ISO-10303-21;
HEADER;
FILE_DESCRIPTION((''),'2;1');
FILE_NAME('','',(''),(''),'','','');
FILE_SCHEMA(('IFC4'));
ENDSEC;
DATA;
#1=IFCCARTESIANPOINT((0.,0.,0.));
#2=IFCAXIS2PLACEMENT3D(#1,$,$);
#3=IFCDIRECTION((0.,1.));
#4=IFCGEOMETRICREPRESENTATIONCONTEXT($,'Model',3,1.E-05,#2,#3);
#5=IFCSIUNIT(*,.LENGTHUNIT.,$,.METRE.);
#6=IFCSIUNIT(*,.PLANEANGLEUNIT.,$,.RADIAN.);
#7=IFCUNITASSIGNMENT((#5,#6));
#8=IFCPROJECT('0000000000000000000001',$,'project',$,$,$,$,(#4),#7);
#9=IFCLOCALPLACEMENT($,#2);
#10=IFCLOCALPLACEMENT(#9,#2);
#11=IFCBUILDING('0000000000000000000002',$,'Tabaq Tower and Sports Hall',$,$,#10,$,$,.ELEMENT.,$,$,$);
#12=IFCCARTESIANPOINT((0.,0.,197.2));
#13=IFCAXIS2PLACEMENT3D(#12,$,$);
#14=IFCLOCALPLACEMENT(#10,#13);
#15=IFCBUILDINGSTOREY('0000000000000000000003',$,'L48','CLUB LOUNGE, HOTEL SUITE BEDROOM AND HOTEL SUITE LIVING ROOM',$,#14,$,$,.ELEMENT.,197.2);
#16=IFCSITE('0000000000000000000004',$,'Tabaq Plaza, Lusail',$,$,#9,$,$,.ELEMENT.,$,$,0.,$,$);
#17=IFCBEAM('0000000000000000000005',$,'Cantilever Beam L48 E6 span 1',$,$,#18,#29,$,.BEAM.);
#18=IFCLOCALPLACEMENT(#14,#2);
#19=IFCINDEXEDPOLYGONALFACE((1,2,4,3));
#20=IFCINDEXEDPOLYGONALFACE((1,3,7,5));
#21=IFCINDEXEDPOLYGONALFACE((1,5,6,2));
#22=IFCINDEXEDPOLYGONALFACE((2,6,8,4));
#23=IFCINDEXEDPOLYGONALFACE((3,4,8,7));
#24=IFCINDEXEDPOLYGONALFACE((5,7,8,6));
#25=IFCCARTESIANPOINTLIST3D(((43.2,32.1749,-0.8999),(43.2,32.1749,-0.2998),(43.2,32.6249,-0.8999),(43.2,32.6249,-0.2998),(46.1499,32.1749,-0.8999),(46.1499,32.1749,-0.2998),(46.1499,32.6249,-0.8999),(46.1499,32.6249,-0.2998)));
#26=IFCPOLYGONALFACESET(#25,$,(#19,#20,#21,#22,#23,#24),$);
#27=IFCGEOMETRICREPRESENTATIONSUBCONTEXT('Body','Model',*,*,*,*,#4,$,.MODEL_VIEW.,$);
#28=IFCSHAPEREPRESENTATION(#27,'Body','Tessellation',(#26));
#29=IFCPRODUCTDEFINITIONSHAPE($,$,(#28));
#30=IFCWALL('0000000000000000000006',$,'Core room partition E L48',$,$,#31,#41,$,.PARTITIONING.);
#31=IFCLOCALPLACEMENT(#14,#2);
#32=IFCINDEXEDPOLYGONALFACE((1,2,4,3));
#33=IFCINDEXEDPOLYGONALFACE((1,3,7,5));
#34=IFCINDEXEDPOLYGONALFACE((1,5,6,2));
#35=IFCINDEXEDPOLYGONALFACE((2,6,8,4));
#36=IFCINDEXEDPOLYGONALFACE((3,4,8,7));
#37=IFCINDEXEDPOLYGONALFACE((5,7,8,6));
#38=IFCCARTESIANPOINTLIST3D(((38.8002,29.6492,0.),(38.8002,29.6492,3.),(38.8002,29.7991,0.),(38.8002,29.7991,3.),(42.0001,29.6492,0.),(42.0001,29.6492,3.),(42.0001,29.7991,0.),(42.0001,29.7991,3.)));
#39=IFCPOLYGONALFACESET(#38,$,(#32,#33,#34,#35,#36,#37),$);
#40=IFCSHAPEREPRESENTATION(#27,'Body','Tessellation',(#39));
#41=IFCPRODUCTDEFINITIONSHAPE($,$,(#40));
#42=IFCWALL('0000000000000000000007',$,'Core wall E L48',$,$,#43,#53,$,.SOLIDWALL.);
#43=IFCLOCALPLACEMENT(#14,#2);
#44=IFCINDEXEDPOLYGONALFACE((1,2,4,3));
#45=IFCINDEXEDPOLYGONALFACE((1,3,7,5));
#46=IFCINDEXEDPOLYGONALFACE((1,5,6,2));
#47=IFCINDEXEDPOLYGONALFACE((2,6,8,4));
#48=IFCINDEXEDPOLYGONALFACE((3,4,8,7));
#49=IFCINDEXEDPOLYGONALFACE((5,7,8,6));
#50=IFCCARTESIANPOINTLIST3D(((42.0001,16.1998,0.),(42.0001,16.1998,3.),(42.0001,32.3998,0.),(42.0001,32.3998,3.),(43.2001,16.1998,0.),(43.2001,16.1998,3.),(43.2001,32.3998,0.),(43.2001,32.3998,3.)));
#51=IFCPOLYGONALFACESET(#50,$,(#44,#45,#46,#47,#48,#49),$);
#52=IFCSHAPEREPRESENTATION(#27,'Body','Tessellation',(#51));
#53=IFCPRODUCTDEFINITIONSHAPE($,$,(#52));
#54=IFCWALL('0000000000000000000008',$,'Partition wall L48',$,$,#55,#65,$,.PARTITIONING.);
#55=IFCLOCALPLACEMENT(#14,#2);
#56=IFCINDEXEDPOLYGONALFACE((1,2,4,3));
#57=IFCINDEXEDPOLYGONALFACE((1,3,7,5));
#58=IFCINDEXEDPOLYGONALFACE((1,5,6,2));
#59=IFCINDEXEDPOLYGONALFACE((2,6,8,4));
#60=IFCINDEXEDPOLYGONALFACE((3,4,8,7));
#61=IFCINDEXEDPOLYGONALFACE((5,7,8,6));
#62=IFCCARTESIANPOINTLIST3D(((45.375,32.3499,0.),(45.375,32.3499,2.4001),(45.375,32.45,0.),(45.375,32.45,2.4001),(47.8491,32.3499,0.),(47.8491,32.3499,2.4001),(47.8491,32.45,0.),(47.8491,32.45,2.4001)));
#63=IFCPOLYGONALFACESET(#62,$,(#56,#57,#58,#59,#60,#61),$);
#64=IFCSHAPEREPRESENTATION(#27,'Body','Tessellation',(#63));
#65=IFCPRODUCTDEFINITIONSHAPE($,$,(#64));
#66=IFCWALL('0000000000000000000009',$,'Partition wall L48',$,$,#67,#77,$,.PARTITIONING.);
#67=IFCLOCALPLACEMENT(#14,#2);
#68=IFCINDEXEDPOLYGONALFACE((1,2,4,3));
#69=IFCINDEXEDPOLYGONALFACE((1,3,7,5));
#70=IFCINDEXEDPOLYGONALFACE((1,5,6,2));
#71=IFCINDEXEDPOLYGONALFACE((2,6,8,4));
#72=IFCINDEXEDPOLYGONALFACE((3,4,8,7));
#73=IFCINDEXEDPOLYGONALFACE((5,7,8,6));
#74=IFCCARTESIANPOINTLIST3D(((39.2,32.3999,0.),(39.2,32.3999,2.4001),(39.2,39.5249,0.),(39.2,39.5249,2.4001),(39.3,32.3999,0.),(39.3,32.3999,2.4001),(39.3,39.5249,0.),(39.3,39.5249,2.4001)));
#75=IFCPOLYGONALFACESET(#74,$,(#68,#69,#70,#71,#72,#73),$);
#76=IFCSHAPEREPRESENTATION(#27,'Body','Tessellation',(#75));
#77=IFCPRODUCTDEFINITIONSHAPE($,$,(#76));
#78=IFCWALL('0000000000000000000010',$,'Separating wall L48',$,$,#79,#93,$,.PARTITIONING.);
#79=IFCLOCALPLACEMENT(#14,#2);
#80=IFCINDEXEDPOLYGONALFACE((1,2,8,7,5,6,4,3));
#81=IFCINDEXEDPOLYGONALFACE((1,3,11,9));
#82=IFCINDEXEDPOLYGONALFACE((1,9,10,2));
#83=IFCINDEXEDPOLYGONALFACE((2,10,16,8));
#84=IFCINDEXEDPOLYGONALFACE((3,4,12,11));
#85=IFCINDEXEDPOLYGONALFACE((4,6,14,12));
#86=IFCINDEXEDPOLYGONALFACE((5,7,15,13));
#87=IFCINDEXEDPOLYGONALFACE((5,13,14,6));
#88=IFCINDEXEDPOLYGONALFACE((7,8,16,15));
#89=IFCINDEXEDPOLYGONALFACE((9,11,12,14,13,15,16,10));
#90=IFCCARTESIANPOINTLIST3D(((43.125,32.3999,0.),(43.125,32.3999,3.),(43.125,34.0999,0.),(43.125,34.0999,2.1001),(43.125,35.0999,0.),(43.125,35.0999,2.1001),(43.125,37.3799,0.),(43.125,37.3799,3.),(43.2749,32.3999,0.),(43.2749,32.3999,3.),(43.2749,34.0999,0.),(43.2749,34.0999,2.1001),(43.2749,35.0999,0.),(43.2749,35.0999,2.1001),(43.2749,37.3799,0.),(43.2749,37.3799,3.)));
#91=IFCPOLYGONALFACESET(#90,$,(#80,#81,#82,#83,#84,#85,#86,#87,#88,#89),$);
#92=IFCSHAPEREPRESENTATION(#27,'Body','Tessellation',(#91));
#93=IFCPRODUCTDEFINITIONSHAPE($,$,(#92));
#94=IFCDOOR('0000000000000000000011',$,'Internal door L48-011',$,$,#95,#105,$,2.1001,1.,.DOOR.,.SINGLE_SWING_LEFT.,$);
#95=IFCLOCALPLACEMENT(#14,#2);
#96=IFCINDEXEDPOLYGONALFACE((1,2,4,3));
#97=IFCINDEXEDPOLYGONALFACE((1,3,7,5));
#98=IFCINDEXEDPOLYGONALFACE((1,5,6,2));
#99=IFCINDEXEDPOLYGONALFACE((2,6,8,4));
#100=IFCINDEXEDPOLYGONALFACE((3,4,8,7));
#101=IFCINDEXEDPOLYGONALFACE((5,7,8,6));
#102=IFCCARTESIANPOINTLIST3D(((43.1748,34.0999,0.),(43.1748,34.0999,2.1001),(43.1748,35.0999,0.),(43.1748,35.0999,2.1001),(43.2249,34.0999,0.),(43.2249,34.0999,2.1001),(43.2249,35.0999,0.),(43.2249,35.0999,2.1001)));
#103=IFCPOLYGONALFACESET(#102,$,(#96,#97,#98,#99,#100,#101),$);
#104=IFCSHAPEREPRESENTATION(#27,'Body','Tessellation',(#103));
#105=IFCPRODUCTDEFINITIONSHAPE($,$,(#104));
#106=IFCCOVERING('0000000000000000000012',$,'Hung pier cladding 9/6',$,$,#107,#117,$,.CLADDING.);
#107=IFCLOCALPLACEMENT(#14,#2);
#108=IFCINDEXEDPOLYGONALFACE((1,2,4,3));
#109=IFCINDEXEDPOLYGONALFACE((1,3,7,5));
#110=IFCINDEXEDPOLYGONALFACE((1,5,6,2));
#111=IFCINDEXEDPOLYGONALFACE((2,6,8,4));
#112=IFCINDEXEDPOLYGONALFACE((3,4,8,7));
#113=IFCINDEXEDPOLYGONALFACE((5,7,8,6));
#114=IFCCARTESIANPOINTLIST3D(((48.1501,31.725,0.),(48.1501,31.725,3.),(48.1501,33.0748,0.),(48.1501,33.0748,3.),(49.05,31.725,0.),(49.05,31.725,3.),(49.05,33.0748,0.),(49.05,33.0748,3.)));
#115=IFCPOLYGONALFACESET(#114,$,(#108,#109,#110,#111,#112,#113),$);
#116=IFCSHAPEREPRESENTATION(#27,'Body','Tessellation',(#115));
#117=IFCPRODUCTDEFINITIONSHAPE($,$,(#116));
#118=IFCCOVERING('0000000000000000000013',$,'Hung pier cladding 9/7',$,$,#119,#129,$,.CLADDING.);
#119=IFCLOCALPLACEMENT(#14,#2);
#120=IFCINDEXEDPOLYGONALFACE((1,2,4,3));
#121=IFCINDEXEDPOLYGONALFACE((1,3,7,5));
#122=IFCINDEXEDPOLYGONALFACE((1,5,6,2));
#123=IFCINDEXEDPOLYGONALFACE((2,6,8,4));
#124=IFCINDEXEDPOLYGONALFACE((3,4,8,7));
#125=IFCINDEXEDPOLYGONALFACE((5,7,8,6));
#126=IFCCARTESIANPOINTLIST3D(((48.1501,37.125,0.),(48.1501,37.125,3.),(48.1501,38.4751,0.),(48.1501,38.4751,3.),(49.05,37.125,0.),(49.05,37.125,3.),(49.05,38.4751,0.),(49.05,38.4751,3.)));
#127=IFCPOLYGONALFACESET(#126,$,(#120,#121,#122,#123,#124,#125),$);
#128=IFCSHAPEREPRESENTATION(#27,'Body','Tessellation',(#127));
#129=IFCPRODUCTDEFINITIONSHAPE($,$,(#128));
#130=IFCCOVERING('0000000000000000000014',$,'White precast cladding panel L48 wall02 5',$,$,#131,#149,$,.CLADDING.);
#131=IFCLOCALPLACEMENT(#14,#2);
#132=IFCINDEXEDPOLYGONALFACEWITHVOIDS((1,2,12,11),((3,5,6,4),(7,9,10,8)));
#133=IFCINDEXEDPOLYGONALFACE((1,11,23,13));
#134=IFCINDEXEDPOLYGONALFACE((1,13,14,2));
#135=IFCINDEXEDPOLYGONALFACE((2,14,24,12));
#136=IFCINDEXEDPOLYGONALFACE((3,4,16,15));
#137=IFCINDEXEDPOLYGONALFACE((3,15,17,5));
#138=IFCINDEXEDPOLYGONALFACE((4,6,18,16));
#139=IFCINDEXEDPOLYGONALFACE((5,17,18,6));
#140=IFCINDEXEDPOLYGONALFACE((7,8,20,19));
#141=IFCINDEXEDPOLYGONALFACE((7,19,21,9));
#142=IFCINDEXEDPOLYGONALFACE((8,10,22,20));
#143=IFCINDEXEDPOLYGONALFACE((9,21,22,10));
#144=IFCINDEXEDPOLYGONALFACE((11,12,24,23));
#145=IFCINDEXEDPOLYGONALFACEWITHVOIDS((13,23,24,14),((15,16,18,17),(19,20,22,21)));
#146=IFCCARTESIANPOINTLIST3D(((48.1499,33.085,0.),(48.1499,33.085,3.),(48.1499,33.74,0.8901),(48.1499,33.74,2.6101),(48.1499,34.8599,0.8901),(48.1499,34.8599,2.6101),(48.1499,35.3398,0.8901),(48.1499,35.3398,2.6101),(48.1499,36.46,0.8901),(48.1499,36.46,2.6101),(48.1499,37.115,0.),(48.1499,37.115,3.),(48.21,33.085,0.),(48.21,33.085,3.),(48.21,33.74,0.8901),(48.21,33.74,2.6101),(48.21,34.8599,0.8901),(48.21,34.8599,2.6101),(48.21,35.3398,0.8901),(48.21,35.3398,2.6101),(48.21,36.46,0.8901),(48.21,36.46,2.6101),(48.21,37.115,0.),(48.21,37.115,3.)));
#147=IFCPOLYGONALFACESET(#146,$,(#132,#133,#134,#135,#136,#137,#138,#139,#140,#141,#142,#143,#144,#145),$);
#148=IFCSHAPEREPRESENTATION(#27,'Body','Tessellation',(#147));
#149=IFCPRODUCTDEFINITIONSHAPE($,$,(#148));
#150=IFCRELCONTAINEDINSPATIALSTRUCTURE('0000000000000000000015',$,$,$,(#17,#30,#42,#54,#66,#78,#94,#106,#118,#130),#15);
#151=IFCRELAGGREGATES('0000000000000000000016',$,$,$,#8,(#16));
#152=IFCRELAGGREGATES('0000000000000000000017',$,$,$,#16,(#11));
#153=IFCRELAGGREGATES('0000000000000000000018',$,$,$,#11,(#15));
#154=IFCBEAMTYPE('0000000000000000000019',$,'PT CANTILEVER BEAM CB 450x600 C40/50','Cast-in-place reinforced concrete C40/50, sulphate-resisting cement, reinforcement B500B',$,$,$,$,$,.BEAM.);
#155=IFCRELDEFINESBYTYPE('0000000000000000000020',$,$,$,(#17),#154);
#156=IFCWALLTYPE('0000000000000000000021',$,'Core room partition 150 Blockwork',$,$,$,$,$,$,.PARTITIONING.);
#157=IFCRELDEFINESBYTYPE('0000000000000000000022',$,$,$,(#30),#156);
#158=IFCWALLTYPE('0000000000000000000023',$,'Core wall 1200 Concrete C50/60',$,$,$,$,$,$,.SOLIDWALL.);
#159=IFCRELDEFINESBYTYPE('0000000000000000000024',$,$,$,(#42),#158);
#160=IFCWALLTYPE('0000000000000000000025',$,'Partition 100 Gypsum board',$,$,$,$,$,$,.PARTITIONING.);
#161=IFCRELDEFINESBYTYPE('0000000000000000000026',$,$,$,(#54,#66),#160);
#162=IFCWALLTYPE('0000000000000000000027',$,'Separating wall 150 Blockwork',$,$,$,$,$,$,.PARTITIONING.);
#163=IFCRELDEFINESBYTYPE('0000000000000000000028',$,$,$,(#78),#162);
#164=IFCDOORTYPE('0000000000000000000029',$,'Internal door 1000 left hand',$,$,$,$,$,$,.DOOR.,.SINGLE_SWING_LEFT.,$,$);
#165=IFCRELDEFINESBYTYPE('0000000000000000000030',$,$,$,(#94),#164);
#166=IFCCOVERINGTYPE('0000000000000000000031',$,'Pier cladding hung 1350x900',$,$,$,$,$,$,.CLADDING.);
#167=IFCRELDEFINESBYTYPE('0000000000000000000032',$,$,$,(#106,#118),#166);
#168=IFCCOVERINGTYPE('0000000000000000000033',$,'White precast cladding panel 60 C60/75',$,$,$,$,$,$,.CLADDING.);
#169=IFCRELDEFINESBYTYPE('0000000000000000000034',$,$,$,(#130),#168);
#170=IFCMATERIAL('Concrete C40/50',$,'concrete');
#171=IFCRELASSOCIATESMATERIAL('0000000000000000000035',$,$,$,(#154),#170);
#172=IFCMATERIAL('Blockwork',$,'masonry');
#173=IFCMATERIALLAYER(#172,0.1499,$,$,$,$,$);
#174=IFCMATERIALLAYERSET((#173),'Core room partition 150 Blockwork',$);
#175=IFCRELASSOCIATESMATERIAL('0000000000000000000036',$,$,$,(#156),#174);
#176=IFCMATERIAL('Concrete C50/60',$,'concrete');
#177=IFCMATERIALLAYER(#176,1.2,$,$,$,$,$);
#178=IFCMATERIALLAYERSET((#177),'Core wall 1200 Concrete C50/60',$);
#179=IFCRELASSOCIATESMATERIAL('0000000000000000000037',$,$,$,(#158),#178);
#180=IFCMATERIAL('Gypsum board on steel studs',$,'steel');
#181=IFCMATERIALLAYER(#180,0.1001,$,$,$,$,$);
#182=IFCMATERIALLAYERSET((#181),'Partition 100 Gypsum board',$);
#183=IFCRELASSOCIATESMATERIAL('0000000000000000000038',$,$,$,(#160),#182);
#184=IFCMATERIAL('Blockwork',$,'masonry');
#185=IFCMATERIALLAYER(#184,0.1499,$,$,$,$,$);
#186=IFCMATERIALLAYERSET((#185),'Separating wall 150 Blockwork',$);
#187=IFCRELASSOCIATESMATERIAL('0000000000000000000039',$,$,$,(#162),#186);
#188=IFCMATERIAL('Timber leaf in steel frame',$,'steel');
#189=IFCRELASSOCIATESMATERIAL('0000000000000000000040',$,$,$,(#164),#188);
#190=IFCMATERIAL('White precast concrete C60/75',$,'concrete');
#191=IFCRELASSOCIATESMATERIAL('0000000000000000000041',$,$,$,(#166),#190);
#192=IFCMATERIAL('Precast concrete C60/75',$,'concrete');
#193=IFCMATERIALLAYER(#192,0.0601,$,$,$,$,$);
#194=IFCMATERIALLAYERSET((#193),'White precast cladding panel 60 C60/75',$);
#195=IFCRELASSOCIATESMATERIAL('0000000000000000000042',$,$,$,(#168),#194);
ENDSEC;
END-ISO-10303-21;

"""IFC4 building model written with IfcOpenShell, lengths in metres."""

from ifc_helpers import new_model, si_unit, direction, frame, frame_2d, origin, origin_2d, place, context, subcontext, project, spatial, polyline, rectangle, outline, extrude, material, layer, layer_set, material_profile, profile_set, type_object, element, fill, save


model = new_model("IFC4")

# Units and contexts
model_context = context("Model", 3, precision=1e-05, world=origin(), true_north=direction((0.0, 1.0)))
body_context = subcontext(model_context, "Body", "Model", "MODEL_VIEW")
ifc_project = project(units=[si_unit("LENGTHUNIT", "METRE"), si_unit("PLANEANGLEUNIT", "RADIAN")], contexts=[model_context])

# Site, building, storey
site_placement = place(None, origin())
site = spatial("IfcSite", under=ifc_project, at=site_placement, Name="Tabaq Plaza, Lusail", CompositionType="ELEMENT", RefElevation=0.0)
building_placement = place(site_placement, origin())
building = spatial("IfcBuilding", under=site, at=building_placement, Name="Tabaq Tower and Sports Hall", CompositionType="ELEMENT")
storey_placement = place(building_placement, frame((0.0, 0.0, 197.2)))
storey = spatial("IfcBuildingStorey", under=building, at=storey_placement, Name="L48", Description="CLUB LOUNGE, HOTEL SUITE BEDROOM AND HOTEL SUITE LIVING ROOM", CompositionType="ELEMENT", Elevation=197.2)

# Beam
ifc_material_1 = material(Name="Concrete C40/50", Category="concrete")
ifc_material_profile = material_profile(ifc_material_1, rectangle(XDim=0.45, YDim=0.6001, at=origin_2d()), Name="CB 450x600")
ifc_profile_set = profile_set([ifc_material_profile], Name="Concrete C40/50")
beam_type = type_object("IfcBeamType", Name="PT CANTILEVER BEAM CB 450x600 C40/50", Description="Cast-in-place reinforced concrete C40/50, sulphate-resisting cement, reinforcement B500B", PredefinedType="BEAM", material=ifc_profile_set)
beam_placement = place(storey_placement, frame((46.1499, 32.3999, -0.5999), z_axis=(-1.0, 0.0, 0.0), x_axis=(0.0, -1.0, 0.0)))
element("IfcBeam", 1, at=beam_placement, inside=storey, type_object=beam_type, Name="Cantilever Beam L48 E6 span 1", PredefinedType="BEAM", context=body_context, shape_type="SweptSolid", body=[
    extrude(rectangle(XDim=0.45, YDim=0.6001, at=origin_2d()), origin(), (0.0, 0.0, 1.0), 2.95),
])

# Walls
ifc_material_2 = material(Name="Blockwork", Category="masonry")
ifc_layer_1 = layer(ifc_material_2, 0.1499)
ifc_layer_set_1 = layer_set([ifc_layer_1], Name="Core room partition 150 Blockwork")
wall_type_1 = type_object("IfcWallType", Name="Core room partition 150 Blockwork", PredefinedType="PARTITIONING", material=ifc_layer_set_1)
wall_1_placement = place(storey_placement, frame((38.8, 29.7241, 0.0), z_axis=(0.0, 0.0, 1.0), x_axis=(1.0, 0.0, 0.0)))
element("IfcWall", 2, at=wall_1_placement, inside=storey, type_object=wall_type_1, Name="Core room partition E L48", PredefinedType="PARTITIONING", context=body_context, shape_type="SweptSolid", body=[
    extrude(rectangle(XDim=3.2, YDim=0.1499, at=frame_2d((1.6001, 0.0))), origin(), (0.0, 0.0, 1.0), 3.0),
])
ifc_material_3 = material(Name="Concrete C50/60", Category="concrete")
ifc_layer_2 = layer(ifc_material_3, 1.2)
ifc_layer_set_2 = layer_set([ifc_layer_2], Name="Core wall 1200 Concrete C50/60")
wall_type_2 = type_object("IfcWallType", Name="Core wall 1200 Concrete C50/60", PredefinedType="SOLIDWALL", material=ifc_layer_set_2)
wall_2_placement = place(storey_placement, frame((42.6001, 32.3999, 0.0), z_axis=(0.0, 0.0, 1.0), x_axis=(0.0, -1.0, 0.0)))
element("IfcWall", 3, at=wall_2_placement, inside=storey, type_object=wall_type_2, Name="Core wall E L48", PredefinedType="SOLIDWALL", context=body_context, shape_type="SweptSolid", body=[
    extrude(rectangle(XDim=16.2, YDim=1.2, at=frame_2d((8.1001, 0.0))), origin(), (0.0, 0.0, 1.0), 3.0),
])
ifc_material_4 = material(Name="Gypsum board on steel studs", Category="steel")
ifc_layer_3 = layer(ifc_material_4, 0.1001)
ifc_layer_set_3 = layer_set([ifc_layer_3], Name="Partition 100 Gypsum board")
wall_type_3 = type_object("IfcWallType", Name="Partition 100 Gypsum board", PredefinedType="PARTITIONING", material=ifc_layer_set_3)
wall_3_placement = place(storey_placement, frame((45.375, 32.3999, 0.0), z_axis=(0.0, 0.0, 1.0), x_axis=(1.0, 0.0, 0.0)))
element("IfcWall", 4, at=wall_3_placement, inside=storey, type_object=wall_type_3, Name="Partition wall L48", PredefinedType="PARTITIONING", context=body_context, shape_type="SweptSolid", body=[
    extrude(rectangle(XDim=2.4741, YDim=0.1001, at=frame_2d((1.2371, 0.0))), origin(), (0.0, 0.0, 1.0), 2.4001),
])
wall_4_placement = place(storey_placement, frame((39.25, 32.3999, 0.0), z_axis=(0.0, 0.0, 1.0), x_axis=(0.0, 1.0, 0.0)))
element("IfcWall", 5, at=wall_4_placement, inside=storey, type_object=wall_type_3, Name="Partition wall L48", PredefinedType="PARTITIONING", context=body_context, shape_type="SweptSolid", body=[
    extrude(rectangle(XDim=7.125, YDim=0.1001, at=frame_2d((3.5625, 0.0))), origin(), (0.0, 0.0, 1.0), 2.4001),
])

# Wall, opening, door
ifc_material_5 = material(Name="Blockwork", Category="masonry")
ifc_layer_4 = layer(ifc_material_5, 0.1499)
ifc_layer_set_4 = layer_set([ifc_layer_4], Name="Separating wall 150 Blockwork")
wall_type_4 = type_object("IfcWallType", Name="Separating wall 150 Blockwork", PredefinedType="PARTITIONING", material=ifc_layer_set_4)
wall_5_placement = place(storey_placement, frame((43.2, 37.3799, 0.0), z_axis=(0.0, 0.0, 1.0), x_axis=(0.0, -1.0, 0.0)))
wall_5 = element("IfcWall", 6, at=wall_5_placement, inside=storey, type_object=wall_type_4, Name="Separating wall L48", PredefinedType="PARTITIONING", context=body_context, shape_type="SweptSolid", body=[
    extrude(rectangle(XDim=4.98, YDim=0.1499, at=frame_2d((2.49, 0.0))), origin(), (0.0, 0.0, 1.0), 3.0),
])
opening_placement = place(wall_5_placement, frame((2.28, 0.0, 0.0)))
opening = element("IfcOpeningElement", 7, at=opening_placement, cuts=wall_5, PredefinedType="OPENING", context=body_context, shape_type="SweptSolid", body=[
    extrude(rectangle(XDim=1.0, YDim=2.1001, at=frame_2d((0.5, 1.05))), frame((0.0, 0.075, 0.0), z_axis=(0.0, -1.0, 0.0), x_axis=(1.0, 0.0, 0.0)), (0.0, 0.0, 1.0), 0.1499),
])
ifc_material_6 = material(Name="Timber leaf in steel frame", Category="steel")
door_type = type_object("IfcDoorType", Name="Internal door 1000 left hand", OperationType="SINGLE_SWING_LEFT", PredefinedType="DOOR", material=ifc_material_6)
door_placement = place(opening_placement, origin())
door = element("IfcDoor", 8, at=door_placement, inside=storey, type_object=door_type, Name="Internal door L48-011", OperationType="SINGLE_SWING_LEFT", OverallHeight=2.1001, OverallWidth=1.0, PredefinedType="DOOR", context=body_context, shape_type="SweptSolid", body=[
    extrude(rectangle(XDim=1.0, YDim=2.1001, at=frame_2d((0.5, 1.05))), frame((0.0, 0.0249, 0.0), z_axis=(0.0, -1.0, 0.0), x_axis=(1.0, 0.0, 0.0)), (0.0, 0.0, 1.0), 0.05),
])
fill(opening, door)

# Coverings
ifc_material_7 = material(Name="White precast concrete C60/75", Category="concrete")
covering_type_1 = type_object("IfcCoveringType", Name="Pier cladding hung 1350x900", PredefinedType="CLADDING", material=ifc_material_7)
covering_1_placement = place(storey_placement, frame((48.6001, 31.7251, 0.0), z_axis=(0.0, 0.0, 1.0), x_axis=(0.0, 1.0, 0.0)))
element("IfcCovering", 9, at=covering_1_placement, inside=storey, type_object=covering_type_1, Name="Hung pier cladding 9/6", PredefinedType="CLADDING", context=body_context, shape_type="SweptSolid", body=[
    extrude(rectangle(XDim=1.3499, YDim=0.8999, at=frame_2d((0.6748, 0.0))), origin(), (0.0, 0.0, 1.0), 3.0),
])
covering_2_placement = place(storey_placement, frame((48.6001, 37.125, 0.0), z_axis=(0.0, 0.0, 1.0), x_axis=(0.0, 1.0, 0.0)))
element("IfcCovering", 10, at=covering_2_placement, inside=storey, type_object=covering_type_1, Name="Hung pier cladding 9/7", PredefinedType="CLADDING", context=body_context, shape_type="SweptSolid", body=[
    extrude(rectangle(XDim=1.3501, YDim=0.8999, at=frame_2d((0.675, 0.0))), origin(), (0.0, 0.0, 1.0), 3.0),
])
ifc_material_8 = material(Name="Precast concrete C60/75", Category="concrete")
ifc_layer_5 = layer(ifc_material_8, 0.0601)
ifc_layer_set_5 = layer_set([ifc_layer_5], Name="White precast cladding panel 60 C60/75")
covering_type_2 = type_object("IfcCoveringType", Name="White precast cladding panel 60 C60/75", PredefinedType="CLADDING", material=ifc_layer_set_5)
covering_3_placement = place(storey_placement, frame((48.1799, 33.085, 0.0), z_axis=(0.0, 0.0, 1.0), x_axis=(0.0, 1.0, 0.0)))
element("IfcCovering", 11, at=covering_3_placement, inside=storey, type_object=covering_type_2, Name="White precast cladding panel L48 wall02 5", PredefinedType="CLADDING", context=body_context, shape_type="SweptSolid", body=[
    extrude(outline(polyline([(0.0, 0.0), (4.03, 0.0), (4.03, 3.0), (0.0, 3.0), (0.0, 0.0)]), holes=[polyline([(0.655, 2.6101), (1.7749, 2.6101), (1.7749, 0.8901), (0.655, 0.8901), (0.655, 2.6101)]), polyline([(2.2549, 2.6101), (3.375, 2.6101), (3.375, 0.8901), (2.2549, 0.8901), (2.2549, 2.6101)])]), frame((0.0, 0.03, 0.0), z_axis=(0.0, -1.0, 0.0), x_axis=(1.0, 0.0, 0.0)), (0.0, 0.0, 1.0), 0.0601),
])

save(model, "model.ifc")
